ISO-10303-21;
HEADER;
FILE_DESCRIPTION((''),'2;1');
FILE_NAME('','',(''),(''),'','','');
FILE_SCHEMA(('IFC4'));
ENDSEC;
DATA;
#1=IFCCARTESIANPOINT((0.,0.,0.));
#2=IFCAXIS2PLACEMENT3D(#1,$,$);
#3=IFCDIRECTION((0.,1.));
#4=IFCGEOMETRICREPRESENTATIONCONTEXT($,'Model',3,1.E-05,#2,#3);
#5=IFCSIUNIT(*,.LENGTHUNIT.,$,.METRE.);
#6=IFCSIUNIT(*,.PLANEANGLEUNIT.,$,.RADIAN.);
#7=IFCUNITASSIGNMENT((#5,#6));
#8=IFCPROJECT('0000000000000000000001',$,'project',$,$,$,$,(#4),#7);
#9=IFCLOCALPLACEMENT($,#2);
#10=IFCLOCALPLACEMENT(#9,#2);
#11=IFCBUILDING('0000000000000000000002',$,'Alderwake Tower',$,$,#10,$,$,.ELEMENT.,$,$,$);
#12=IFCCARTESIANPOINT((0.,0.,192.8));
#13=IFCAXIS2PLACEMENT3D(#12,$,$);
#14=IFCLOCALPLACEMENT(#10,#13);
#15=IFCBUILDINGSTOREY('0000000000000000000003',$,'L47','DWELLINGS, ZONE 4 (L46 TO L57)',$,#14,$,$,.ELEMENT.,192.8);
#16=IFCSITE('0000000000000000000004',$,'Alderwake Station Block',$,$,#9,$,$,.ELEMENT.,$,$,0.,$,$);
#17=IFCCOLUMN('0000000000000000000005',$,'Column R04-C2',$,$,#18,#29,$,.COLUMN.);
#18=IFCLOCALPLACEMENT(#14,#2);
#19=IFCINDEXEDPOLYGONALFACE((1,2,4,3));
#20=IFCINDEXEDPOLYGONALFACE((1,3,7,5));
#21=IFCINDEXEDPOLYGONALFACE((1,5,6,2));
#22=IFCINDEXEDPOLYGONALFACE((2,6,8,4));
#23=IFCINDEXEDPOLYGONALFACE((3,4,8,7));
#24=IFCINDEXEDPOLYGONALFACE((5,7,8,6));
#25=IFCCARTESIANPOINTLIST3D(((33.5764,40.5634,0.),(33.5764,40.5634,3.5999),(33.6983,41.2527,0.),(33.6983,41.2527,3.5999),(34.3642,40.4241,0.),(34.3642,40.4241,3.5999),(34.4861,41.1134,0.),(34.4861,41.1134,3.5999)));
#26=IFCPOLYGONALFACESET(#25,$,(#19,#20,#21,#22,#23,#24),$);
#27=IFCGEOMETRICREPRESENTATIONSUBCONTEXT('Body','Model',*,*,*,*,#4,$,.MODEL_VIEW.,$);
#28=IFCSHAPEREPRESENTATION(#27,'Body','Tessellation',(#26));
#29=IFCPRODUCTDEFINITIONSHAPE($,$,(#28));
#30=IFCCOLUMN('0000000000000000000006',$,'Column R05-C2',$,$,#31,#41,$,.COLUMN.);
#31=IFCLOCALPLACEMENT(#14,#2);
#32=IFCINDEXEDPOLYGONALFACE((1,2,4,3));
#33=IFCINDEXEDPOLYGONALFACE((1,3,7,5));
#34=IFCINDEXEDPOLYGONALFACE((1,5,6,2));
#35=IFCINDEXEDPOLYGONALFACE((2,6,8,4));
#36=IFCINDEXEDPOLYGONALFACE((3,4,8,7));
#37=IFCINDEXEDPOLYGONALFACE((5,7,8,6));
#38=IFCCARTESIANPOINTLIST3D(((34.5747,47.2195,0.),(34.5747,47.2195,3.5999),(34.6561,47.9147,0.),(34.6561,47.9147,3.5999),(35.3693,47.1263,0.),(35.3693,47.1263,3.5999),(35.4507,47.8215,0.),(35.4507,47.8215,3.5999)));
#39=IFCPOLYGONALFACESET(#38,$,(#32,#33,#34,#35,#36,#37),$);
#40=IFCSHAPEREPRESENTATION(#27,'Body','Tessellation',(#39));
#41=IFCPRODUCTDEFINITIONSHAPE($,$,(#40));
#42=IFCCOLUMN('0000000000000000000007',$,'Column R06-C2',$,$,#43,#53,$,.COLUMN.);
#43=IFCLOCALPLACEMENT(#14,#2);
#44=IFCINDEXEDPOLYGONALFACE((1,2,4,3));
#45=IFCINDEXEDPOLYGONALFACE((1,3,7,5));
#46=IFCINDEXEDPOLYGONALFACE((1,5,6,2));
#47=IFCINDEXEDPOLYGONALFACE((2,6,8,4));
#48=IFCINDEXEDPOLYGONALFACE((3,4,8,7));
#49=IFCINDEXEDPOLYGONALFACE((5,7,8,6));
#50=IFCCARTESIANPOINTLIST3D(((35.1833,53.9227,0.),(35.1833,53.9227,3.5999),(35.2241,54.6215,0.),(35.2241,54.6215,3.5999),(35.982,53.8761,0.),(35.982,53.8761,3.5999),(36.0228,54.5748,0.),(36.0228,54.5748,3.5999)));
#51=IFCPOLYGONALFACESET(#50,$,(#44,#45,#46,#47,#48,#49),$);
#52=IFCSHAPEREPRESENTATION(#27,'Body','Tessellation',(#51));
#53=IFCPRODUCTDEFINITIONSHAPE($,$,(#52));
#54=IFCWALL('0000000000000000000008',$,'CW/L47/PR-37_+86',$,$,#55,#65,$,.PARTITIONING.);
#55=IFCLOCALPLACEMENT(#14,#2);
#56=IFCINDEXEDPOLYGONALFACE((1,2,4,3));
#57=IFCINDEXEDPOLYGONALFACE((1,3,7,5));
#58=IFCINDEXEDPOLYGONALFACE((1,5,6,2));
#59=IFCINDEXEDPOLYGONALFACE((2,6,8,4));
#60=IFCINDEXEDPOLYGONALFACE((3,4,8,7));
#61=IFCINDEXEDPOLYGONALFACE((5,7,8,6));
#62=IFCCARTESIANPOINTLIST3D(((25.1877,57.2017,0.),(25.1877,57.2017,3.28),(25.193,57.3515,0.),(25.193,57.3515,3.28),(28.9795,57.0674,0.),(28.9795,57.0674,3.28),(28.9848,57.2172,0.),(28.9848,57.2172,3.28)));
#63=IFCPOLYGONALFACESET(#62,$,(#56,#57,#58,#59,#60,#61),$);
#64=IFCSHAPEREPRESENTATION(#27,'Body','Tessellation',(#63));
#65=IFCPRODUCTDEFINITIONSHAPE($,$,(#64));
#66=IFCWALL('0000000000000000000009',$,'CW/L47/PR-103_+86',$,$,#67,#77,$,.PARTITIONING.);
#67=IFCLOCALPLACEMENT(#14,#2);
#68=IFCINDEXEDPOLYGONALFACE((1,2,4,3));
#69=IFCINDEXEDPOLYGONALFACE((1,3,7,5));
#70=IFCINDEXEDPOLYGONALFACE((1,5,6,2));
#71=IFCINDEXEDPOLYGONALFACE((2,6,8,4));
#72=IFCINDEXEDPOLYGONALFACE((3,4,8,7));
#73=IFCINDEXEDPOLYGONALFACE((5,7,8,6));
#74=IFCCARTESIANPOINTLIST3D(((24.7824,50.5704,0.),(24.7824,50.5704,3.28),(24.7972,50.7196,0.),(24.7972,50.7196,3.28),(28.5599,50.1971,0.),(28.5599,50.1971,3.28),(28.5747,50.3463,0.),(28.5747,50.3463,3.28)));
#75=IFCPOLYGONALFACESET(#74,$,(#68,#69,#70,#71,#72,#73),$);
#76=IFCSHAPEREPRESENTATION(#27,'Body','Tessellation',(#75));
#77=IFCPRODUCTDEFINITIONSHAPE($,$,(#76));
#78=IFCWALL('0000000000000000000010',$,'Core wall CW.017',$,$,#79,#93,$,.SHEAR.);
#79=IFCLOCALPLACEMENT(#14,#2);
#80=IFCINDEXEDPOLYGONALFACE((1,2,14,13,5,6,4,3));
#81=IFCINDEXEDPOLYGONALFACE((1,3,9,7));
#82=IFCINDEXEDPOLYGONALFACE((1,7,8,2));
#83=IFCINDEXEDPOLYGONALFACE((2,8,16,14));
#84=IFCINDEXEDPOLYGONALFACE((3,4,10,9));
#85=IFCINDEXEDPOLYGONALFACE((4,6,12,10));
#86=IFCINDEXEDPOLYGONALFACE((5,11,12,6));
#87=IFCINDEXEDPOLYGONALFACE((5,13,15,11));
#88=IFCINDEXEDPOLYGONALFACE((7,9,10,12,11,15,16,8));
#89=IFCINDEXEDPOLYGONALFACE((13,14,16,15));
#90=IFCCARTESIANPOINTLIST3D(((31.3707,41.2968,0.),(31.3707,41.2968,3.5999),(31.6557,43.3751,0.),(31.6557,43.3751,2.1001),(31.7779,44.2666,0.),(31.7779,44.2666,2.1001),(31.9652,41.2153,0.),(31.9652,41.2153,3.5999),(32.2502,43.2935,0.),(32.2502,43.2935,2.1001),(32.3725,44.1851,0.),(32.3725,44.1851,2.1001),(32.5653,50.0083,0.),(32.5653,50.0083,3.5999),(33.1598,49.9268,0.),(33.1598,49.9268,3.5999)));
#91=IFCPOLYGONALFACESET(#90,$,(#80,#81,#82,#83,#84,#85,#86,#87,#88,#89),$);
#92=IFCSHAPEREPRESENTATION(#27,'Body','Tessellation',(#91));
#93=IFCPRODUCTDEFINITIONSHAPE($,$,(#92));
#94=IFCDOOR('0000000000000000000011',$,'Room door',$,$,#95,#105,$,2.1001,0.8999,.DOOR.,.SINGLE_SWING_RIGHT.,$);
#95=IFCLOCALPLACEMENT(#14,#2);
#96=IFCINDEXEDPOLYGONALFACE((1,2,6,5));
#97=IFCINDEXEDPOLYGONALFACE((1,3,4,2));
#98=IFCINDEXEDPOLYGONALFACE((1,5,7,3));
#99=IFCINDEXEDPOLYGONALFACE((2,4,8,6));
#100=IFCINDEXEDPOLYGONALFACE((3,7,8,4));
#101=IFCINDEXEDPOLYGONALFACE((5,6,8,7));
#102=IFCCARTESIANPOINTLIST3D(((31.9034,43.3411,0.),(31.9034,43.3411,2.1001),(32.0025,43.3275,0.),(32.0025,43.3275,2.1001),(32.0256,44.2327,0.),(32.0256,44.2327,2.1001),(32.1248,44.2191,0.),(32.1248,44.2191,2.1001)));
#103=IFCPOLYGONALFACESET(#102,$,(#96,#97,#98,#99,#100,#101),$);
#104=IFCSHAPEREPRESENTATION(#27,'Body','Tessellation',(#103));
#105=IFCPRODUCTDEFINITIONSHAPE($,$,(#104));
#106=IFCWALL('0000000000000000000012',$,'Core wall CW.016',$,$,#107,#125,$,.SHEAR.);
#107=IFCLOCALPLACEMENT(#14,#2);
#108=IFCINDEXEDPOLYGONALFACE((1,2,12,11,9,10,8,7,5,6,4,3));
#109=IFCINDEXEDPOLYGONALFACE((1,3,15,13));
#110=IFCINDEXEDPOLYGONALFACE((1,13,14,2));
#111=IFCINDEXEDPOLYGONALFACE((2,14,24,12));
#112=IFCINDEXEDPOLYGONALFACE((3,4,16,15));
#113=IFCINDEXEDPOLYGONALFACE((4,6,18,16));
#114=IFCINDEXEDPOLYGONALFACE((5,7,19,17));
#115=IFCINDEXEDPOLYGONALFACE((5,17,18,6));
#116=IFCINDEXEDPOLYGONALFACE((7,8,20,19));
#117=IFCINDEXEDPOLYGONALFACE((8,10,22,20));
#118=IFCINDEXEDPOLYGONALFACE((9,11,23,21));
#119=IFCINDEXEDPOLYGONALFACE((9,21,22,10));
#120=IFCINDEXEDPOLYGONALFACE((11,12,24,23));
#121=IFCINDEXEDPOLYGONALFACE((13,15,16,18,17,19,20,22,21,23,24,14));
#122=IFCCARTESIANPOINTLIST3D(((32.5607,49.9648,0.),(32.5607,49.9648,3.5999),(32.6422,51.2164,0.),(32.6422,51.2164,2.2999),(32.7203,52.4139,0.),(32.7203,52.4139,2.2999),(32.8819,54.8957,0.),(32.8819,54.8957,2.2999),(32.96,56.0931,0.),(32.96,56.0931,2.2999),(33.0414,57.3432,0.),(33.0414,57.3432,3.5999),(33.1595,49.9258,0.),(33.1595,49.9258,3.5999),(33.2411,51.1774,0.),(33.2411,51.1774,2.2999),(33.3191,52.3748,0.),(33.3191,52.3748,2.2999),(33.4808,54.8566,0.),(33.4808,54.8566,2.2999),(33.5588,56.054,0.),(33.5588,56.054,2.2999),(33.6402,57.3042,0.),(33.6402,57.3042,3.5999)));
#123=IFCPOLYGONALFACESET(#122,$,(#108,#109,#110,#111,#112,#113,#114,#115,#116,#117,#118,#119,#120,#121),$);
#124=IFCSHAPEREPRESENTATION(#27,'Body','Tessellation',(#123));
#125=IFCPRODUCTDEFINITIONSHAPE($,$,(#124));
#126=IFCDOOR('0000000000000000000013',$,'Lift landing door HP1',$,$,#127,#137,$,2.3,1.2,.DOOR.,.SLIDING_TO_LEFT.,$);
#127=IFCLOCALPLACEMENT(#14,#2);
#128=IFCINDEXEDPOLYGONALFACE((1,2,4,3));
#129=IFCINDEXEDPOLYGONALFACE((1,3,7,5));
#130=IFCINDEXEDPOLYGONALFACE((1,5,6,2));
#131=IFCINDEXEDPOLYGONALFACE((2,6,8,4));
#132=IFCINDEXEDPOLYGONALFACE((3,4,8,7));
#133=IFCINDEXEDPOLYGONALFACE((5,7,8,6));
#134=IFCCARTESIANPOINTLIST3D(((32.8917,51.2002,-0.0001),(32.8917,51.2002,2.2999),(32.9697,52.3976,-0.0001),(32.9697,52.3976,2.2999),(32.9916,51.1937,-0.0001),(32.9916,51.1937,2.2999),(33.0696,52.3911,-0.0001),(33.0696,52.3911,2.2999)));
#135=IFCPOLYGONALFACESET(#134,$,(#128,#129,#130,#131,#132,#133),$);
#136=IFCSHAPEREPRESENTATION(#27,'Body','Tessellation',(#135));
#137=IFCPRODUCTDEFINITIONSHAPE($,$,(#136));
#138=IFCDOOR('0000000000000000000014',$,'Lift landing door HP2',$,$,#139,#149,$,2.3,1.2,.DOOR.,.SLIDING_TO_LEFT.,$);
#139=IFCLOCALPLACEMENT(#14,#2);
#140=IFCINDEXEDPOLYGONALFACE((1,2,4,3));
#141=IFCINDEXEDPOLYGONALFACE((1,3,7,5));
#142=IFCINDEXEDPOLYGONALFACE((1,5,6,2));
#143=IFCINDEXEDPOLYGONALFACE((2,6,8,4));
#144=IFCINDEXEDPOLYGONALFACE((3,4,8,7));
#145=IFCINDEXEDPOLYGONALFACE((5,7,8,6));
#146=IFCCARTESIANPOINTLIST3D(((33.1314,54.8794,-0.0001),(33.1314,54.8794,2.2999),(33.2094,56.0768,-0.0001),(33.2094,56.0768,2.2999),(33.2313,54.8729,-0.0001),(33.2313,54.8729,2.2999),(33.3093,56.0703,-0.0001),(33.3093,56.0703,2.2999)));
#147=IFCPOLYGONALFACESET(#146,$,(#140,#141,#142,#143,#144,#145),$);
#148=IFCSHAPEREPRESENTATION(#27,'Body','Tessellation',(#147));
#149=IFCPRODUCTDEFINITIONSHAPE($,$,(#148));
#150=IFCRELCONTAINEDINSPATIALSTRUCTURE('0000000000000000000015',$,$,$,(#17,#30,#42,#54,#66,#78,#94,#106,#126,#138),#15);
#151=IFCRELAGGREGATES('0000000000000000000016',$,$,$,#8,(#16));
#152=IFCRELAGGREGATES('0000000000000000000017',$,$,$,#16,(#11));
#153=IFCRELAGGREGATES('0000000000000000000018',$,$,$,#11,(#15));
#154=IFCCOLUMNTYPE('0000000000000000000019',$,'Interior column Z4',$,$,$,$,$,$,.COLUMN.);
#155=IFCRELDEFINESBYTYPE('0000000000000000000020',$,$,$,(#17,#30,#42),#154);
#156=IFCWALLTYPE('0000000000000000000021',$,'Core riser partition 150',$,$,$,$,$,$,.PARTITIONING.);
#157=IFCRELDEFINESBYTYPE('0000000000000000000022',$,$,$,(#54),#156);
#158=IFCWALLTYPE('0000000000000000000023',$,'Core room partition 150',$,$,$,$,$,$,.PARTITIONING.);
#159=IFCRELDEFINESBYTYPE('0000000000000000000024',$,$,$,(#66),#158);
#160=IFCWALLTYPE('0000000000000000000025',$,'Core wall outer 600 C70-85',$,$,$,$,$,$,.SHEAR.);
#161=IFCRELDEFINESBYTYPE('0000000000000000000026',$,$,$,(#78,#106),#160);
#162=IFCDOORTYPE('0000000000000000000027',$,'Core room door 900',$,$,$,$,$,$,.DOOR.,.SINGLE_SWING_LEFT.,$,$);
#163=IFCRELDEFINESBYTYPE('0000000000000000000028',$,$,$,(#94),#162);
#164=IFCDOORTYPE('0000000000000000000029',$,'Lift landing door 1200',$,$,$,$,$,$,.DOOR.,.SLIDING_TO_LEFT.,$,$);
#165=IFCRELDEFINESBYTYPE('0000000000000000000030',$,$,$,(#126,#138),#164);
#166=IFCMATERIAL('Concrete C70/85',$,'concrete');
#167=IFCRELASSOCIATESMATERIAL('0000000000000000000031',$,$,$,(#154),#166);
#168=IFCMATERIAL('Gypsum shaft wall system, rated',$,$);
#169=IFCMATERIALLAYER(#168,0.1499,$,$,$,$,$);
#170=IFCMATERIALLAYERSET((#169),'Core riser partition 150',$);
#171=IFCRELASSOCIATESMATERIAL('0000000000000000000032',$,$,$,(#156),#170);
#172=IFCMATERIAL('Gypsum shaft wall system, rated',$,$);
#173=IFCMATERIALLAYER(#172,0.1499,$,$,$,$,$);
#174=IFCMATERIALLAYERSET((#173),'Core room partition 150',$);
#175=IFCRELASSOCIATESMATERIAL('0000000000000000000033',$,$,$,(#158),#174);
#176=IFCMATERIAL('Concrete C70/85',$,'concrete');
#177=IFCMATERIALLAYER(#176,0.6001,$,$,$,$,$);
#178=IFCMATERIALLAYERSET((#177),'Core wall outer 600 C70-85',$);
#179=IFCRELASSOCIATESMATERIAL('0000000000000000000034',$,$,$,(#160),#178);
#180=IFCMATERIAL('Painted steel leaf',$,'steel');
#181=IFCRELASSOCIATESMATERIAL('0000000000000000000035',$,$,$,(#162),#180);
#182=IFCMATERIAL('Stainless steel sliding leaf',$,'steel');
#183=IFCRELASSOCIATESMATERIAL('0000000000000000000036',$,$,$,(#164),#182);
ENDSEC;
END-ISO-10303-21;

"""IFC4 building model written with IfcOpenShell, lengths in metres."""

from ifc_helpers import new_model, si_unit, direction, frame, frame_2d, origin, origin_2d, place, context, subcontext, project, spatial, rectangle, extrude, material, layer, layer_set, material_profile, profile_set, type_object, element, fill, save


model = new_model("IFC4")

# Units and contexts
model_context = context("Model", 3, precision=1e-05, world=origin(), true_north=direction((0.0, 1.0)))
body_context = subcontext(model_context, "Body", "Model", "MODEL_VIEW")
ifc_project = project(units=[si_unit("LENGTHUNIT", "METRE"), si_unit("PLANEANGLEUNIT", "RADIAN")], contexts=[model_context])

# Site, building, storey
site_placement = place(None, origin())
site = spatial("IfcSite", under=ifc_project, at=site_placement, Name="Alderwake Station Block", CompositionType="ELEMENT", RefElevation=0.0)
building_placement = place(site_placement, origin())
building = spatial("IfcBuilding", under=site, at=building_placement, Name="Alderwake Tower", CompositionType="ELEMENT")
storey_placement = place(building_placement, frame((0.0, 0.0, 192.8)))
storey = spatial("IfcBuildingStorey", under=building, at=storey_placement, Name="L47", Description="DWELLINGS, ZONE 4 (L46 TO L57)", CompositionType="ELEMENT", Elevation=192.8)

# Columns
ifc_material_1 = material(Name="Concrete C70/85", Category="concrete")
ifc_material_profile = material_profile(ifc_material_1, rectangle(XDim=0.7, YDim=0.8, at=origin_2d()), Name="RC 800X700")
ifc_profile_set = profile_set([ifc_material_profile], Name="Concrete C70/85")
column_type = type_object("IfcColumnType", Name="Interior column Z4", PredefinedType="COLUMN", material=ifc_profile_set)
for number, where, z_axis, x_axis, name in (
    (1, (34.0312, 40.8384, 0.0), (0.0, 0.0, 1.0), (0.174109, 0.984726, 0.0), "Column R04-C2"),
    (2, (35.0127, 47.5205, 0.0), (0.0, 0.0, 1.0), (0.116402, 0.993202, 0.0), "Column R05-C2"),
    (3, (35.603, 54.2488, 0.0), (0.0, 0.0, 1.0), (0.058301, 0.998299, 0.0), "Column R06-C2"),
):
    element("IfcColumn", number, at=place(storey_placement, frame(where, z_axis=z_axis, x_axis=x_axis)), inside=storey, type_object=column_type, Name=name, PredefinedType="COLUMN", context=body_context, shape_type="SweptSolid", body=[
        extrude(rectangle(XDim=0.7, YDim=0.8, at=origin_2d()), origin(), (0.0, 0.0, 1.0), 3.5999),
    ])

# Walls
ifc_material_2 = material(Name="Gypsum shaft wall system, rated")
ifc_layer_1 = layer(ifc_material_2, 0.1499)
ifc_layer_set_1 = layer_set([ifc_layer_1], Name="Core riser partition 150")
wall_type_1 = type_object("IfcWallType", Name="Core riser partition 150", PredefinedType="PARTITIONING", material=ifc_layer_set_1)
wall_1_placement = place(storey_placement, frame((25.1904, 57.2766, 0.0), z_axis=(0.0, 0.0, 1.0), x_axis=(0.999374, -0.035391, 0.0)))
element("IfcWall", 4, at=wall_1_placement, inside=storey, type_object=wall_type_1, Name="CW/L47/PR-37_+86", PredefinedType="PARTITIONING", context=body_context, shape_type="SweptSolid", body=[
    extrude(rectangle(XDim=3.7942, YDim=0.1499, at=frame_2d((1.897, 0.0))), origin(), (0.0, 0.0, 1.0), 3.28),
])
ifc_material_3 = material(Name="Gypsum shaft wall system, rated")
ifc_layer_2 = layer(ifc_material_3, 0.1499)
ifc_layer_set_2 = layer_set([ifc_layer_2], Name="Core room partition 150")
wall_type_2 = type_object("IfcWallType", Name="Core room partition 150", PredefinedType="PARTITIONING", material=ifc_layer_set_2)
wall_2_placement = place(storey_placement, frame((24.7898, 50.645, 0.0), z_axis=(0.0, 0.0, 1.0), x_axis=(0.995153, -0.098338, 0.0)))
element("IfcWall", 5, at=wall_2_placement, inside=storey, type_object=wall_type_2, Name="CW/L47/PR-103_+86", PredefinedType="PARTITIONING", context=body_context, shape_type="SweptSolid", body=[
    extrude(rectangle(XDim=3.7959, YDim=0.1499, at=frame_2d((1.8979, 0.0))), origin(), (0.0, 0.0, 1.0), 3.28),
])

# Wall, opening, door
ifc_material_4 = material(Name="Concrete C70/85", Category="concrete")
ifc_layer_3 = layer(ifc_material_4, 0.6001)
ifc_layer_set_3 = layer_set([ifc_layer_3], Name="Core wall outer 600 C70-85")
wall_type_3 = type_object("IfcWallType", Name="Core wall outer 600 C70-85", PredefinedType="SHEAR", material=ifc_layer_set_3)
wall_3_placement = place(storey_placement, frame((32.8625, 49.9675, 0.0), z_axis=(0.0, 0.0, 1.0), x_axis=(-0.135857, -0.990729, 0.0)))
wall_3 = element("IfcWall", 6, at=wall_3_placement, inside=storey, type_object=wall_type_3, Name="Core wall CW.017", PredefinedType="SHEAR", context=body_context, shape_type="SweptSolid", body=[
    extrude(rectangle(XDim=8.793, YDim=0.6001, at=frame_2d((4.3965, 0.0))), origin(), (0.0, 0.0, 1.0), 3.5999),
])
opening_1_placement = place(wall_3_placement, frame((5.7954, 0.0, 0.0)))
opening_1 = element("IfcOpeningElement", 7, at=opening_1_placement, cuts=wall_3, PredefinedType="OPENING", context=body_context, shape_type="SweptSolid", body=[
    extrude(rectangle(XDim=0.8999, YDim=2.1001, at=frame_2d((0.45, 1.05))), frame((0.0, 0.3101, 0.0), z_axis=(0.0, -1.0, 0.0), x_axis=(1.0, 0.0, 0.0)), (0.0, 0.0, 1.0), 0.6201),
])
ifc_material_5 = material(Name="Painted steel leaf", Category="steel")
door_type_1 = type_object("IfcDoorType", Name="Core room door 900", OperationType="SINGLE_SWING_LEFT", PredefinedType="DOOR", material=ifc_material_5)
door_1_placement = place(opening_1_placement, origin())
door_1 = element("IfcDoor", 8, at=door_1_placement, inside=storey, type_object=door_type_1, Name="Room door", OperationType="SINGLE_SWING_RIGHT", OverallHeight=2.1001, OverallWidth=0.8999, PredefinedType="DOOR", context=body_context, shape_type="SweptSolid", body=[
    extrude(rectangle(XDim=0.8999, YDim=2.1001, at=frame_2d((0.45, 1.05))), frame((0.0, 0.05, 0.0), z_axis=(0.0, -1.0, 0.0), x_axis=(1.0, 0.0, 0.0)), (0.0, 0.0, 1.0), 0.1001),
])
fill(opening_1, door_1)

# Wall, openings, doors
wall_4_placement = place(storey_placement, frame((32.8601, 49.9453, 0.0), z_axis=(0.0, 0.0, 1.0), x_axis=(0.065013, 0.997884, 0.0)))
wall_4 = element("IfcWall", 9, at=wall_4_placement, inside=storey, type_object=wall_type_3, Name="Core wall CW.016", PredefinedType="SHEAR", context=body_context, shape_type="SweptSolid", body=[
    extrude(rectangle(XDim=7.394, YDim=0.6001, at=frame_2d((3.697, 0.0))), origin(), (0.0, 0.0, 1.0), 3.5999),
])
opening_2_placement = place(wall_4_placement, frame((1.2542, 0.0, 0.0)))
opening_2 = element("IfcOpeningElement", 10, at=opening_2_placement, cuts=wall_4, PredefinedType="OPENING", context=body_context, shape_type="SweptSolid", body=[
    extrude(rectangle(XDim=1.2, YDim=2.3, at=frame_2d((0.6001, 1.1499))), frame((0.0, 0.3101, 0.0), z_axis=(0.0, -1.0, 0.0), x_axis=(1.0, 0.0, 0.0)), (0.0, 0.0, 1.0), 0.6201),
])
opening_3_placement = place(wall_4_placement, frame((4.9412, 0.0, 0.0)))
opening_3 = element("IfcOpeningElement", 11, at=opening_3_placement, cuts=wall_4, PredefinedType="OPENING", context=body_context, shape_type="SweptSolid", body=[
    extrude(rectangle(XDim=1.2, YDim=2.3, at=frame_2d((0.6001, 1.1499))), frame((0.0, 0.3101, 0.0), z_axis=(0.0, -1.0, 0.0), x_axis=(1.0, 0.0, 0.0)), (0.0, 0.0, 1.0), 0.6201),
])
ifc_material_6 = material(Name="Stainless steel sliding leaf", Category="steel")
door_type_2 = type_object("IfcDoorType", Name="Lift landing door 1200", OperationType="SLIDING_TO_LEFT", PredefinedType="DOOR", material=ifc_material_6)
door_2_placement = place(opening_2_placement, origin())
door_2 = element("IfcDoor", 12, at=door_2_placement, inside=storey, type_object=door_type_2, Name="Lift landing door HP1", OperationType="SLIDING_TO_LEFT", OverallHeight=2.3, OverallWidth=1.2, PredefinedType="DOOR", context=body_context, shape_type="SweptSolid", body=[
    extrude(rectangle(XDim=1.2, YDim=2.3, at=frame_2d((0.6001, 1.1499))), frame((0.0, 0.05, 0.0), z_axis=(0.0, -1.0, 0.0), x_axis=(1.0, 0.0, 0.0)), (0.0, 0.0, 1.0), 0.1001),
])
fill(opening_2, door_2)
door_3_placement = place(opening_3_placement, origin())
door_3 = element("IfcDoor", 13, at=door_3_placement, inside=storey, type_object=door_type_2, Name="Lift landing door HP2", OperationType="SLIDING_TO_LEFT", OverallHeight=2.3, OverallWidth=1.2, PredefinedType="DOOR", context=body_context, shape_type="SweptSolid", body=[
    extrude(rectangle(XDim=1.2, YDim=2.3, at=frame_2d((0.6001, 1.1499))), frame((0.0, 0.05, 0.0), z_axis=(0.0, -1.0, 0.0), x_axis=(1.0, 0.0, 0.0)), (0.0, 0.0, 1.0), 0.1001),
])
fill(opening_3, door_3)

save(model, "model.ifc")
